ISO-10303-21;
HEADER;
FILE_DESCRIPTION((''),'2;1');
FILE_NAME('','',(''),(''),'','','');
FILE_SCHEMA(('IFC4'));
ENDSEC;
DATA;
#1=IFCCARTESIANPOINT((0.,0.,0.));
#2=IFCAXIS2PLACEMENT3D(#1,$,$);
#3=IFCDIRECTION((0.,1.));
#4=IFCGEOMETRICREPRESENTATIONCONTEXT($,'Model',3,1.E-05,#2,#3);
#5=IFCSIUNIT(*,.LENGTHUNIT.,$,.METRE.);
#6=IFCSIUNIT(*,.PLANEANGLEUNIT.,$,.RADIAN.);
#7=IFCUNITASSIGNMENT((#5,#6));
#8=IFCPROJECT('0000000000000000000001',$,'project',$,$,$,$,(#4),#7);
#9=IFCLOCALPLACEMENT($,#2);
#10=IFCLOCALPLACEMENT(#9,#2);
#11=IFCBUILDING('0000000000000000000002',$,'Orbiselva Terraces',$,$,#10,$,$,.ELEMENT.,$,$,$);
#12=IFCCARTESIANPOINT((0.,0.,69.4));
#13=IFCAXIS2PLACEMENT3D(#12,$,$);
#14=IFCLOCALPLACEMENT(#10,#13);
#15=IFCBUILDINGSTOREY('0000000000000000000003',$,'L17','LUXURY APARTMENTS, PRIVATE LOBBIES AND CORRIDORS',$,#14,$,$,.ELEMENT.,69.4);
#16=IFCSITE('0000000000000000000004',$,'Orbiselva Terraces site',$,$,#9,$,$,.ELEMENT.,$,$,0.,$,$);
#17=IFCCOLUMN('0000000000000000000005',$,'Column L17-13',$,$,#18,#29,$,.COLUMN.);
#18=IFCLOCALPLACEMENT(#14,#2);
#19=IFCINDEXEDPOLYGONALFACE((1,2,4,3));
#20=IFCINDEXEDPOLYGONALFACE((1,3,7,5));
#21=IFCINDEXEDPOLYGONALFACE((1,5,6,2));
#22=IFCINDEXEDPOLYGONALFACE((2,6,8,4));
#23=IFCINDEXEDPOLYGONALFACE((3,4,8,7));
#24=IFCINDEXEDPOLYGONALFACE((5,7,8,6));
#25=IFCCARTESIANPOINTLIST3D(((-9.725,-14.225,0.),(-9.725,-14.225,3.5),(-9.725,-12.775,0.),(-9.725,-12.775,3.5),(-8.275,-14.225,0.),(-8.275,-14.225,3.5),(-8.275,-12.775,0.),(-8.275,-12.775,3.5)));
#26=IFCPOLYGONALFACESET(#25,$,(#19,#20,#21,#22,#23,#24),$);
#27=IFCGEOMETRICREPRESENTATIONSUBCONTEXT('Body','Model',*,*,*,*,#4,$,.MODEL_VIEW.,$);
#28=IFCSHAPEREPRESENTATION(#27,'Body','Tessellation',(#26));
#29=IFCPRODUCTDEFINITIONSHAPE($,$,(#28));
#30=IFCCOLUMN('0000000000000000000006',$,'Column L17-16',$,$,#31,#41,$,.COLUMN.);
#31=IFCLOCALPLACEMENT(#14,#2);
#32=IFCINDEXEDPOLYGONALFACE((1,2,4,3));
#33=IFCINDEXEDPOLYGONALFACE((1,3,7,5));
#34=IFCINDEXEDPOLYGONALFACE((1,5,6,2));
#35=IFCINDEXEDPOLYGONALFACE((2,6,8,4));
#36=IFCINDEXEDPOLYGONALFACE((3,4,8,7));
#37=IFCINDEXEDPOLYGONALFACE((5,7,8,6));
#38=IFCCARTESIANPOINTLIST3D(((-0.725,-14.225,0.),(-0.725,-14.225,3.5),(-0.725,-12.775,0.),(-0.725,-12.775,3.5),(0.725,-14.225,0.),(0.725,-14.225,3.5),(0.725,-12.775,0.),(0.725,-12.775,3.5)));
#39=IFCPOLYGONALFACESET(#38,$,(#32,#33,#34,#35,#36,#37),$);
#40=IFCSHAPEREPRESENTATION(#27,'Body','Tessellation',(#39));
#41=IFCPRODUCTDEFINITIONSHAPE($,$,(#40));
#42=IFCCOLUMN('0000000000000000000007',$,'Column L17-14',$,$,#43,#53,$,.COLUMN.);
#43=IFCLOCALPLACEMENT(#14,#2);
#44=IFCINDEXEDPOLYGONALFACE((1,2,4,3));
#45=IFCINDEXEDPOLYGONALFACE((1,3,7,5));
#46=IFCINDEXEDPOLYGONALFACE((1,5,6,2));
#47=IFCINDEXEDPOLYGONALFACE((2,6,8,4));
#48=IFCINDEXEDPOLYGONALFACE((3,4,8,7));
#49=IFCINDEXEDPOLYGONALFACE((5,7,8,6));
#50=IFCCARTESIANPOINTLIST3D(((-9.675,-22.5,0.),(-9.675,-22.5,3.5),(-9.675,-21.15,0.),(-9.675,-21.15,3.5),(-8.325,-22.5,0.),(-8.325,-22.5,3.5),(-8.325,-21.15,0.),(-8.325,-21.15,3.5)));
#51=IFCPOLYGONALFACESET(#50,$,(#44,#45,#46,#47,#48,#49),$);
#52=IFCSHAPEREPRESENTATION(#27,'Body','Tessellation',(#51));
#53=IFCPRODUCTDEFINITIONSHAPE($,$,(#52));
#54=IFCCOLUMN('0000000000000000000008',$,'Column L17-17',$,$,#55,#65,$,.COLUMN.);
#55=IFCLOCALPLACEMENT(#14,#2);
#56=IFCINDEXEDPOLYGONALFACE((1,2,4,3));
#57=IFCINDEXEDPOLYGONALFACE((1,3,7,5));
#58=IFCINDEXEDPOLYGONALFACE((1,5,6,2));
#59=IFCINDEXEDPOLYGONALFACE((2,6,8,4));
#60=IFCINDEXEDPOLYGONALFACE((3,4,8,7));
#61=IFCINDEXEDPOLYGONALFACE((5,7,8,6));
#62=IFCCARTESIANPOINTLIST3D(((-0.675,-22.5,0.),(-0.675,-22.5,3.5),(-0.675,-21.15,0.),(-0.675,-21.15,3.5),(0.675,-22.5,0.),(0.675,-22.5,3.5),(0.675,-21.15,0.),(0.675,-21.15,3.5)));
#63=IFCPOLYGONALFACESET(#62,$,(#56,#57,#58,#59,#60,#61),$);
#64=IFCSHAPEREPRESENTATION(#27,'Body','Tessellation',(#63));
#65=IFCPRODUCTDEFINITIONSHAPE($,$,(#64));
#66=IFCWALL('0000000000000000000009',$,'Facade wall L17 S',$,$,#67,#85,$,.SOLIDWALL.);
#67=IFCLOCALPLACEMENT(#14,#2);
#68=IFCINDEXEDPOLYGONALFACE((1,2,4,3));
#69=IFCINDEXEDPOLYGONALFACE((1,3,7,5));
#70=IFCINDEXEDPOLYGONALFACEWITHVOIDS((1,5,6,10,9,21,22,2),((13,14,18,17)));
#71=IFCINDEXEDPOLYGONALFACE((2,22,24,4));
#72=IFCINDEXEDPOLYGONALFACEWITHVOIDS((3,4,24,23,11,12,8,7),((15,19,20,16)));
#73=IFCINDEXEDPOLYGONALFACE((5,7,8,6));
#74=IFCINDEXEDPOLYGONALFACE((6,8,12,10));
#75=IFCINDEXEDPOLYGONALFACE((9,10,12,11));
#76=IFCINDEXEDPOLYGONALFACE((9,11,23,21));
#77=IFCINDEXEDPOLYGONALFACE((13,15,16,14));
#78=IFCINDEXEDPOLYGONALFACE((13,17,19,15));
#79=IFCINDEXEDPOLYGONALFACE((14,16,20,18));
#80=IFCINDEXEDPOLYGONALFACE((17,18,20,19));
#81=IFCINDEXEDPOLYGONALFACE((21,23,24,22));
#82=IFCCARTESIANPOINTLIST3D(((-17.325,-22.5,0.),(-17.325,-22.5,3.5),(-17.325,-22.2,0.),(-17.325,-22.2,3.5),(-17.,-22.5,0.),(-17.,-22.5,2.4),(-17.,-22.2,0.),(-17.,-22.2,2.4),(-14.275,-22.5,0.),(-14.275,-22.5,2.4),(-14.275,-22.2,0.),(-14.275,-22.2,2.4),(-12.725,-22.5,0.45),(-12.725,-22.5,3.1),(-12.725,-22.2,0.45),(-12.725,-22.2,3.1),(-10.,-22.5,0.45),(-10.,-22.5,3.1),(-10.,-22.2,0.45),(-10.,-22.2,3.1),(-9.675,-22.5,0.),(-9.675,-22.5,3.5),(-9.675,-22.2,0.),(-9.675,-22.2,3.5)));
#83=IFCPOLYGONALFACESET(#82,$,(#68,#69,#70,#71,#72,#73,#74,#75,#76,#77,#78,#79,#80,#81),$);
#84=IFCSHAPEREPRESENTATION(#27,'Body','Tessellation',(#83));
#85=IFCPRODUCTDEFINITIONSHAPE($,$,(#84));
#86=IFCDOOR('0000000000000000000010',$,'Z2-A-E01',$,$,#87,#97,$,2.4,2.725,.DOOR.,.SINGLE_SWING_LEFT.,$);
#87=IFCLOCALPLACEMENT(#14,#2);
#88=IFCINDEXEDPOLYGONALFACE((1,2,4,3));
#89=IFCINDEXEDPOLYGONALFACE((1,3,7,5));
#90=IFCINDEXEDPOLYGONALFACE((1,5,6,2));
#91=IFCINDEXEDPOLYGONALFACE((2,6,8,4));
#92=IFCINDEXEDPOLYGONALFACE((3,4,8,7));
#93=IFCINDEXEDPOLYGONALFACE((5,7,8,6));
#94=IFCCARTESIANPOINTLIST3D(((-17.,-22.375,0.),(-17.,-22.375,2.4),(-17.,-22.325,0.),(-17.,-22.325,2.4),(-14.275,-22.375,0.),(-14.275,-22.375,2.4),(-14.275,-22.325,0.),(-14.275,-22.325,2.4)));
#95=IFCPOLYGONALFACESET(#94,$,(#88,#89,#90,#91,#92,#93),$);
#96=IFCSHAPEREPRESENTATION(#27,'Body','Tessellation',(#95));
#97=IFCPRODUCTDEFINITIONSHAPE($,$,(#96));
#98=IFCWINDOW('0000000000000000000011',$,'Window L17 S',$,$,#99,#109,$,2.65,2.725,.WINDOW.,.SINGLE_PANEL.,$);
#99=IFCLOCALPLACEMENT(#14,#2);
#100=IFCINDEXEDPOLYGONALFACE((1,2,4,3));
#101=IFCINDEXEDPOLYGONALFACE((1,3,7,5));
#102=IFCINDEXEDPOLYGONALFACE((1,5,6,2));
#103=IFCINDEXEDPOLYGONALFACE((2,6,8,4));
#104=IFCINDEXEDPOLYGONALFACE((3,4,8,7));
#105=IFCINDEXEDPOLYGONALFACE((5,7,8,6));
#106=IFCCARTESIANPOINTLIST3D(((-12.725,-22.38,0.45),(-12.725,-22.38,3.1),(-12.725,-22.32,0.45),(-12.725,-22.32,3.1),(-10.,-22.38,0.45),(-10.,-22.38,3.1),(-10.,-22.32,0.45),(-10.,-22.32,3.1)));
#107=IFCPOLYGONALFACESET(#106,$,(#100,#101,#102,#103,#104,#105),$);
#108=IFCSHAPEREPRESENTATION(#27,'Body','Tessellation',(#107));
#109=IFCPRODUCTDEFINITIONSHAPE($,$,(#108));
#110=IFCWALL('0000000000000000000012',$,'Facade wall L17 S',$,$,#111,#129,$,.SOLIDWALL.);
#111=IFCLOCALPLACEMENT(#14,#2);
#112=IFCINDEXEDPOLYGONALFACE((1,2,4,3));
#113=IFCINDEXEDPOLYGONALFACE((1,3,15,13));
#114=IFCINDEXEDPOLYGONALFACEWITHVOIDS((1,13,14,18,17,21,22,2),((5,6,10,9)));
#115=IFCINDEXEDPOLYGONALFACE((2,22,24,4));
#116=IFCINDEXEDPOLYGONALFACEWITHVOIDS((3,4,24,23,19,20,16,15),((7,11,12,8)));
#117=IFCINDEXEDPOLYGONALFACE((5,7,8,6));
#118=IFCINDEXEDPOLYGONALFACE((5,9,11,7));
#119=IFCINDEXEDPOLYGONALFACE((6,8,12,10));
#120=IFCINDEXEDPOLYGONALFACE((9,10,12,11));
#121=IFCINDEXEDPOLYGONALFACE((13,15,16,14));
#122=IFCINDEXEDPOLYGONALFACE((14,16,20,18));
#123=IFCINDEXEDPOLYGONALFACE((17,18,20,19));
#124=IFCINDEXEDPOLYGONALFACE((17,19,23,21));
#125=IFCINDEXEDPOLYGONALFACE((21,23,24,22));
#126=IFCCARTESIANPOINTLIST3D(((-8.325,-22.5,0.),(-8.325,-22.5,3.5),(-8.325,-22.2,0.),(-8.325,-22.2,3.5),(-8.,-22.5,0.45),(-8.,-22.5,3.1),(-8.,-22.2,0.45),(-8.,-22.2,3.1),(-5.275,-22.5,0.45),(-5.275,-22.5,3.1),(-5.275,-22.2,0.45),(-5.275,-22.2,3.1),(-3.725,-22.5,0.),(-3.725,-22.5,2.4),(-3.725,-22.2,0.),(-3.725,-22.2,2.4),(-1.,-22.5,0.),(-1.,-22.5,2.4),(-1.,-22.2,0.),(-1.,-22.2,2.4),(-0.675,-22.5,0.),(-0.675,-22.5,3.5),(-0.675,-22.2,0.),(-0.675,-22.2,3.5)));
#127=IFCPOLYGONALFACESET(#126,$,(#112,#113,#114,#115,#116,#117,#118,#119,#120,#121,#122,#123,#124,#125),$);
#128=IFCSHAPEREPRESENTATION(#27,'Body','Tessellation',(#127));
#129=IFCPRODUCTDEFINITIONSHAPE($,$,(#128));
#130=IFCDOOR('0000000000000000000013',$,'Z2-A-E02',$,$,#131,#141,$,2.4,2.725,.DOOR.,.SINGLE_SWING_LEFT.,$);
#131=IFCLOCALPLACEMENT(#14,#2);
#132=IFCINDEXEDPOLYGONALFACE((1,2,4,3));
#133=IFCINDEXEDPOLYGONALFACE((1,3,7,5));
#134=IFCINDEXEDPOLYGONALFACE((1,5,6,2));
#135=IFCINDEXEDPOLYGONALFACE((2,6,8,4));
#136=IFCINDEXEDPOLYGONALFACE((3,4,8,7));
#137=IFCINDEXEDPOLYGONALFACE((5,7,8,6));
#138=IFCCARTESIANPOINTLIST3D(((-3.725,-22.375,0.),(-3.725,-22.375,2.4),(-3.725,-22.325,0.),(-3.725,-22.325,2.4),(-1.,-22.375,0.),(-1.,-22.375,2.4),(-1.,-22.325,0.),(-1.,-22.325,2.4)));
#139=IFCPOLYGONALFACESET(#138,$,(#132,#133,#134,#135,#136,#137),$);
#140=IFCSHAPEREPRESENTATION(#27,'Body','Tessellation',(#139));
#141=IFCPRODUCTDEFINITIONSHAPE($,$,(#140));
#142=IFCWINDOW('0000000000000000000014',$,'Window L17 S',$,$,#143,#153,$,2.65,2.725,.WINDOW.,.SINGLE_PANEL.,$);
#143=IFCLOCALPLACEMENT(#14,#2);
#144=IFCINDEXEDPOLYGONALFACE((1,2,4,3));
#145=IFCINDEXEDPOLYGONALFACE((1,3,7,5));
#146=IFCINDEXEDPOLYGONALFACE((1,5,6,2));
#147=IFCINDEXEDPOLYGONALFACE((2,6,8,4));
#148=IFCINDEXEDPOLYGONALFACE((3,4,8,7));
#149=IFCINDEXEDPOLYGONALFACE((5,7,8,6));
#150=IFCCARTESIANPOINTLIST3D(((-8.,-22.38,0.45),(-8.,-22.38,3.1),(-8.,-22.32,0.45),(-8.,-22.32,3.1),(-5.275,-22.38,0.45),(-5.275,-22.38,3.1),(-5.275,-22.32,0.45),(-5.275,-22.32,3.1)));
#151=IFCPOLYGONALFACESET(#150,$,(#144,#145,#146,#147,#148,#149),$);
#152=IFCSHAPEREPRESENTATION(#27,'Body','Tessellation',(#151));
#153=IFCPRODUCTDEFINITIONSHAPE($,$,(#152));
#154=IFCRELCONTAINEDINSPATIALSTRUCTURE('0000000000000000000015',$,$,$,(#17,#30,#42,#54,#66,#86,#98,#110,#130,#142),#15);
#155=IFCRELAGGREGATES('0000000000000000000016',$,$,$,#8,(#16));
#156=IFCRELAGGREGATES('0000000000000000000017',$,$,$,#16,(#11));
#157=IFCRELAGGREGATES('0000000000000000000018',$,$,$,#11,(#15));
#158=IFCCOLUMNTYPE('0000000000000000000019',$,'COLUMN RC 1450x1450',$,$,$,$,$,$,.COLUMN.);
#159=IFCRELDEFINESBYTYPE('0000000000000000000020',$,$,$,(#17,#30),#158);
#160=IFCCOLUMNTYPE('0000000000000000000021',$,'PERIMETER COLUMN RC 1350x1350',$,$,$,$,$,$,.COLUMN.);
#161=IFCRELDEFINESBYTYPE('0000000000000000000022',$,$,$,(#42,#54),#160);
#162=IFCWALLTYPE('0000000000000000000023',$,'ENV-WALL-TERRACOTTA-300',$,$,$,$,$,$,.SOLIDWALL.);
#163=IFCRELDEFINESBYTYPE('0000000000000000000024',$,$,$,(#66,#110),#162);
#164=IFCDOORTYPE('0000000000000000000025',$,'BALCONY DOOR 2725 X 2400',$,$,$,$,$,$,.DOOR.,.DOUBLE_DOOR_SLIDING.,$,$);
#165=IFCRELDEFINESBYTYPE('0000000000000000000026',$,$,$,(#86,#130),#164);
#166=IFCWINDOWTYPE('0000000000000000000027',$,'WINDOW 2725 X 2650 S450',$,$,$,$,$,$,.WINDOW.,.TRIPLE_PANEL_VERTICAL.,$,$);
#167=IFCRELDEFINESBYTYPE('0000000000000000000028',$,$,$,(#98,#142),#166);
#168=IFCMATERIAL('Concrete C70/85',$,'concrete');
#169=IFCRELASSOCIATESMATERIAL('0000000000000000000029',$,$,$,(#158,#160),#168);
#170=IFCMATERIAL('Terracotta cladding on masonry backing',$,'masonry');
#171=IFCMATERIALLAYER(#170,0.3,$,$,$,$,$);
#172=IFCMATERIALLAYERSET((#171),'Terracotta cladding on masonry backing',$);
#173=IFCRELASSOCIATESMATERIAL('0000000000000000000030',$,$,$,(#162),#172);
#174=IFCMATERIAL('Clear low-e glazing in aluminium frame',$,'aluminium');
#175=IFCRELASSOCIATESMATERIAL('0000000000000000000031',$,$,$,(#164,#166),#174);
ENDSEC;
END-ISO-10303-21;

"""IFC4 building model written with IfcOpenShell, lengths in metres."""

from ifc_helpers import new_model, si_unit, direction, frame, frame_2d, origin, origin_2d, place, context, subcontext, project, spatial, rectangle, extrude, material, layer, layer_set, material_profile, profile_set, type_object, element, fill, save


model = new_model("IFC4")

# Units and contexts
model_context = context("Model", 3, precision=1e-05, world=origin(), true_north=direction((0.0, 1.0)))
body_context = subcontext(model_context, "Body", "Model", "MODEL_VIEW")
ifc_project = project(units=[si_unit("LENGTHUNIT", "METRE"), si_unit("PLANEANGLEUNIT", "RADIAN")], contexts=[model_context])

# Site, building, storey
site_placement = place(None, origin())
site = spatial("IfcSite", under=ifc_project, at=site_placement, Name="Orbiselva Terraces site", CompositionType="ELEMENT", RefElevation=0.0)
building_placement = place(site_placement, origin())
building = spatial("IfcBuilding", under=site, at=building_placement, Name="Orbiselva Terraces", CompositionType="ELEMENT")
storey_placement = place(building_placement, frame((0.0, 0.0, 69.4)))
storey = spatial("IfcBuildingStorey", under=building, at=storey_placement, Name="L17", Description="LUXURY APARTMENTS, PRIVATE LOBBIES AND CORRIDORS", CompositionType="ELEMENT", Elevation=69.4)

# Columns
ifc_material_1 = material(Name="Concrete C70/85", Category="concrete")
ifc_material_profile_1 = material_profile(ifc_material_1, rectangle(XDim=1.45, YDim=1.45, at=origin_2d()), Name="RC 1450x1450")
ifc_profile_set_1 = profile_set([ifc_material_profile_1], Name="Concrete C70/85")
column_type_1 = type_object("IfcColumnType", Name="COLUMN RC 1450x1450", PredefinedType="COLUMN", material=ifc_profile_set_1)
for number, where, z_axis, x_axis, name in (
    (1, (-9.0, -13.5, 0.0), (0.0, 0.0, 1.0), (1.0, 0.0, 0.0), "Column L17-13"),
    (2, (0.0, -13.5, 0.0), (0.0, 0.0, 1.0), (1.0, 0.0, 0.0), "Column L17-16"),
):
    element("IfcColumn", number, at=place(storey_placement, frame(where, z_axis=z_axis, x_axis=x_axis)), inside=storey, type_object=column_type_1, Name=name, PredefinedType="COLUMN", context=body_context, shape_type="SweptSolid", body=[
        extrude(rectangle(XDim=1.45, YDim=1.45, at=origin_2d()), origin(), (0.0, 0.0, 1.0), 3.5),
    ])
ifc_material_profile_2 = material_profile(ifc_material_1, rectangle(XDim=1.35, YDim=1.35, at=origin_2d()), Name="RC 1350x1350")
ifc_profile_set_2 = profile_set([ifc_material_profile_2], Name="Concrete C70/85")
column_type_2 = type_object("IfcColumnType", Name="PERIMETER COLUMN RC 1350x1350", PredefinedType="COLUMN", material=ifc_profile_set_2)
for number, where, z_axis, x_axis, name in (
    (3, (-9.0, -21.825, 0.0), (0.0, 0.0, 1.0), (1.0, 0.0, 0.0), "Column L17-14"),
    (4, (0.0, -21.825, 0.0), (0.0, 0.0, 1.0), (1.0, 0.0, 0.0), "Column L17-17"),
):
    element("IfcColumn", number, at=place(storey_placement, frame(where, z_axis=z_axis, x_axis=x_axis)), inside=storey, type_object=column_type_2, Name=name, PredefinedType="COLUMN", context=body_context, shape_type="SweptSolid", body=[
        extrude(rectangle(XDim=1.35, YDim=1.35, at=origin_2d()), origin(), (0.0, 0.0, 1.0), 3.5),
    ])

# Walls, openings, doors, windows
ifc_material_2 = material(Name="Terracotta cladding on masonry backing", Category="masonry")
ifc_layer_1 = layer(ifc_material_2, 0.3)
ifc_layer_set_1 = layer_set([ifc_layer_1], Name="Terracotta cladding on masonry backing")
wall_type_1 = type_object("IfcWallType", Name="ENV-WALL-TERRACOTTA-300", PredefinedType="SOLIDWALL", material=ifc_layer_set_1)
wall_1_placement = place(storey_placement, frame((-9.675, -22.35, 0.0), z_axis=(0.0, 0.0, 1.0), x_axis=(-1.0, 0.0, 0.0)))
wall_1 = element("IfcWall", 5, at=wall_1_placement, inside=storey, type_object=wall_type_1, Name="Facade wall L17 S", PredefinedType="SOLIDWALL", context=body_context, shape_type="SweptSolid", body=[
    extrude(rectangle(XDim=7.65, YDim=0.3, at=frame_2d((3.825, 0.0))), origin(), (0.0, 0.0, 1.0), 3.5),
])
opening_1_placement = place(wall_1_placement, frame((4.6, 0.0, 0.0)))
opening_1 = element("IfcOpeningElement", 6, at=opening_1_placement, cuts=wall_1, PredefinedType="OPENING", context=body_context, shape_type="SweptSolid", body=[
    extrude(rectangle(XDim=2.725, YDim=2.4, at=frame_2d((1.3625, 1.2))), frame((0.0, 0.16, 0.0), z_axis=(0.0, -1.0, 0.0), x_axis=(1.0, 0.0, 0.0)), (0.0, 0.0, 1.0), 0.32),
])
opening_2_placement = place(wall_1_placement, frame((0.325, 0.0, 0.45)))
opening_2 = element("IfcOpeningElement", 7, at=opening_2_placement, cuts=wall_1, PredefinedType="OPENING", context=body_context, shape_type="SweptSolid", body=[
    extrude(rectangle(XDim=2.725, YDim=2.65, at=frame_2d((1.3625, 1.325))), frame((0.0, 0.16, 0.0), z_axis=(0.0, -1.0, 0.0), x_axis=(1.0, 0.0, 0.0)), (0.0, 0.0, 1.0), 0.32),
])
ifc_material_3 = material(Name="Clear low-e glazing in aluminium frame", Category="aluminium")
door_type_1 = type_object("IfcDoorType", Name="BALCONY DOOR 2725 X 2400", OperationType="DOUBLE_DOOR_SLIDING", PredefinedType="DOOR", material=ifc_material_3)
door_1_placement = place(opening_1_placement, origin())
door_1 = element("IfcDoor", 8, at=door_1_placement, inside=storey, type_object=door_type_1, Name="Z2-A-E01", OperationType="SINGLE_SWING_LEFT", OverallHeight=2.4, OverallWidth=2.725, PredefinedType="DOOR", context=body_context, shape_type="SweptSolid", body=[
    extrude(rectangle(XDim=2.725, YDim=2.4, at=frame_2d((1.3625, 1.2))), frame((0.0, 0.025, 0.0), z_axis=(0.0, -1.0, 0.0), x_axis=(1.0, 0.0, 0.0)), (0.0, 0.0, 1.0), 0.05),
])
fill(opening_1, door_1)
window_type = type_object("IfcWindowType", Name="WINDOW 2725 X 2650 S450", PartitioningType="TRIPLE_PANEL_VERTICAL", PredefinedType="WINDOW", material=ifc_material_3)
window_1_placement = place(opening_2_placement, origin())
window_1 = element("IfcWindow", 9, at=window_1_placement, inside=storey, type_object=window_type, Name="Window L17 S", OverallHeight=2.65, OverallWidth=2.725, PartitioningType="SINGLE_PANEL", PredefinedType="WINDOW", context=body_context, shape_type="SweptSolid", body=[
    extrude(rectangle(XDim=2.725, YDim=2.65, at=frame_2d((1.3625, 1.325))), frame((0.0, 0.03, 0.0), z_axis=(0.0, -1.0, 0.0), x_axis=(1.0, 0.0, 0.0)), (0.0, 0.0, 1.0), 0.06),
])
fill(opening_2, window_1)
wall_2_placement = place(storey_placement, frame((-0.675, -22.35, 0.0), z_axis=(0.0, 0.0, 1.0), x_axis=(-1.0, 0.0, 0.0)))
wall_2 = element("IfcWall", 10, at=wall_2_placement, inside=storey, type_object=wall_type_1, Name="Facade wall L17 S", PredefinedType="SOLIDWALL", context=body_context, shape_type="SweptSolid", body=[
    extrude(rectangle(XDim=7.65, YDim=0.3, at=frame_2d((3.825, 0.0))), origin(), (0.0, 0.0, 1.0), 3.5),
])
opening_3_placement = place(wall_2_placement, frame((4.6, 0.0, 0.45)))
opening_3 = element("IfcOpeningElement", 11, at=opening_3_placement, cuts=wall_2, PredefinedType="OPENING", context=body_context, shape_type="SweptSolid", body=[
    extrude(rectangle(XDim=2.725, YDim=2.65, at=frame_2d((1.3625, 1.325))), frame((0.0, 0.16, 0.0), z_axis=(0.0, -1.0, 0.0), x_axis=(1.0, 0.0, 0.0)), (0.0, 0.0, 1.0), 0.32),
])
opening_4_placement = place(wall_2_placement, frame((0.325, 0.0, 0.0)))
opening_4 = element("IfcOpeningElement", 12, at=opening_4_placement, cuts=wall_2, PredefinedType="OPENING", context=body_context, shape_type="SweptSolid", body=[
    extrude(rectangle(XDim=2.725, YDim=2.4, at=frame_2d((1.3625, 1.2))), frame((0.0, 0.16, 0.0), z_axis=(0.0, -1.0, 0.0), x_axis=(1.0, 0.0, 0.0)), (0.0, 0.0, 1.0), 0.32),
])
door_2_placement = place(opening_4_placement, origin())
door_2 = element("IfcDoor", 13, at=door_2_placement, inside=storey, type_object=door_type_1, Name="Z2-A-E02", OperationType="SINGLE_SWING_LEFT", OverallHeight=2.4, OverallWidth=2.725, PredefinedType="DOOR", context=body_context, shape_type="SweptSolid", body=[
    extrude(rectangle(XDim=2.725, YDim=2.4, at=frame_2d((1.3625, 1.2))), frame((0.0, 0.025, 0.0), z_axis=(0.0, -1.0, 0.0), x_axis=(1.0, 0.0, 0.0)), (0.0, 0.0, 1.0), 0.05),
])
fill(opening_4, door_2)
window_2_placement = place(opening_3_placement, origin())
window_2 = element("IfcWindow", 14, at=window_2_placement, inside=storey, type_object=window_type, Name="Window L17 S", OverallHeight=2.65, OverallWidth=2.725, PartitioningType="SINGLE_PANEL", PredefinedType="WINDOW", context=body_context, shape_type="SweptSolid", body=[
    extrude(rectangle(XDim=2.725, YDim=2.65, at=frame_2d((1.3625, 1.325))), frame((0.0, 0.03, 0.0), z_axis=(0.0, -1.0, 0.0), x_axis=(1.0, 0.0, 0.0)), (0.0, 0.0, 1.0), 0.06),
])
fill(opening_3, window_2)

save(model, "model.ifc")
